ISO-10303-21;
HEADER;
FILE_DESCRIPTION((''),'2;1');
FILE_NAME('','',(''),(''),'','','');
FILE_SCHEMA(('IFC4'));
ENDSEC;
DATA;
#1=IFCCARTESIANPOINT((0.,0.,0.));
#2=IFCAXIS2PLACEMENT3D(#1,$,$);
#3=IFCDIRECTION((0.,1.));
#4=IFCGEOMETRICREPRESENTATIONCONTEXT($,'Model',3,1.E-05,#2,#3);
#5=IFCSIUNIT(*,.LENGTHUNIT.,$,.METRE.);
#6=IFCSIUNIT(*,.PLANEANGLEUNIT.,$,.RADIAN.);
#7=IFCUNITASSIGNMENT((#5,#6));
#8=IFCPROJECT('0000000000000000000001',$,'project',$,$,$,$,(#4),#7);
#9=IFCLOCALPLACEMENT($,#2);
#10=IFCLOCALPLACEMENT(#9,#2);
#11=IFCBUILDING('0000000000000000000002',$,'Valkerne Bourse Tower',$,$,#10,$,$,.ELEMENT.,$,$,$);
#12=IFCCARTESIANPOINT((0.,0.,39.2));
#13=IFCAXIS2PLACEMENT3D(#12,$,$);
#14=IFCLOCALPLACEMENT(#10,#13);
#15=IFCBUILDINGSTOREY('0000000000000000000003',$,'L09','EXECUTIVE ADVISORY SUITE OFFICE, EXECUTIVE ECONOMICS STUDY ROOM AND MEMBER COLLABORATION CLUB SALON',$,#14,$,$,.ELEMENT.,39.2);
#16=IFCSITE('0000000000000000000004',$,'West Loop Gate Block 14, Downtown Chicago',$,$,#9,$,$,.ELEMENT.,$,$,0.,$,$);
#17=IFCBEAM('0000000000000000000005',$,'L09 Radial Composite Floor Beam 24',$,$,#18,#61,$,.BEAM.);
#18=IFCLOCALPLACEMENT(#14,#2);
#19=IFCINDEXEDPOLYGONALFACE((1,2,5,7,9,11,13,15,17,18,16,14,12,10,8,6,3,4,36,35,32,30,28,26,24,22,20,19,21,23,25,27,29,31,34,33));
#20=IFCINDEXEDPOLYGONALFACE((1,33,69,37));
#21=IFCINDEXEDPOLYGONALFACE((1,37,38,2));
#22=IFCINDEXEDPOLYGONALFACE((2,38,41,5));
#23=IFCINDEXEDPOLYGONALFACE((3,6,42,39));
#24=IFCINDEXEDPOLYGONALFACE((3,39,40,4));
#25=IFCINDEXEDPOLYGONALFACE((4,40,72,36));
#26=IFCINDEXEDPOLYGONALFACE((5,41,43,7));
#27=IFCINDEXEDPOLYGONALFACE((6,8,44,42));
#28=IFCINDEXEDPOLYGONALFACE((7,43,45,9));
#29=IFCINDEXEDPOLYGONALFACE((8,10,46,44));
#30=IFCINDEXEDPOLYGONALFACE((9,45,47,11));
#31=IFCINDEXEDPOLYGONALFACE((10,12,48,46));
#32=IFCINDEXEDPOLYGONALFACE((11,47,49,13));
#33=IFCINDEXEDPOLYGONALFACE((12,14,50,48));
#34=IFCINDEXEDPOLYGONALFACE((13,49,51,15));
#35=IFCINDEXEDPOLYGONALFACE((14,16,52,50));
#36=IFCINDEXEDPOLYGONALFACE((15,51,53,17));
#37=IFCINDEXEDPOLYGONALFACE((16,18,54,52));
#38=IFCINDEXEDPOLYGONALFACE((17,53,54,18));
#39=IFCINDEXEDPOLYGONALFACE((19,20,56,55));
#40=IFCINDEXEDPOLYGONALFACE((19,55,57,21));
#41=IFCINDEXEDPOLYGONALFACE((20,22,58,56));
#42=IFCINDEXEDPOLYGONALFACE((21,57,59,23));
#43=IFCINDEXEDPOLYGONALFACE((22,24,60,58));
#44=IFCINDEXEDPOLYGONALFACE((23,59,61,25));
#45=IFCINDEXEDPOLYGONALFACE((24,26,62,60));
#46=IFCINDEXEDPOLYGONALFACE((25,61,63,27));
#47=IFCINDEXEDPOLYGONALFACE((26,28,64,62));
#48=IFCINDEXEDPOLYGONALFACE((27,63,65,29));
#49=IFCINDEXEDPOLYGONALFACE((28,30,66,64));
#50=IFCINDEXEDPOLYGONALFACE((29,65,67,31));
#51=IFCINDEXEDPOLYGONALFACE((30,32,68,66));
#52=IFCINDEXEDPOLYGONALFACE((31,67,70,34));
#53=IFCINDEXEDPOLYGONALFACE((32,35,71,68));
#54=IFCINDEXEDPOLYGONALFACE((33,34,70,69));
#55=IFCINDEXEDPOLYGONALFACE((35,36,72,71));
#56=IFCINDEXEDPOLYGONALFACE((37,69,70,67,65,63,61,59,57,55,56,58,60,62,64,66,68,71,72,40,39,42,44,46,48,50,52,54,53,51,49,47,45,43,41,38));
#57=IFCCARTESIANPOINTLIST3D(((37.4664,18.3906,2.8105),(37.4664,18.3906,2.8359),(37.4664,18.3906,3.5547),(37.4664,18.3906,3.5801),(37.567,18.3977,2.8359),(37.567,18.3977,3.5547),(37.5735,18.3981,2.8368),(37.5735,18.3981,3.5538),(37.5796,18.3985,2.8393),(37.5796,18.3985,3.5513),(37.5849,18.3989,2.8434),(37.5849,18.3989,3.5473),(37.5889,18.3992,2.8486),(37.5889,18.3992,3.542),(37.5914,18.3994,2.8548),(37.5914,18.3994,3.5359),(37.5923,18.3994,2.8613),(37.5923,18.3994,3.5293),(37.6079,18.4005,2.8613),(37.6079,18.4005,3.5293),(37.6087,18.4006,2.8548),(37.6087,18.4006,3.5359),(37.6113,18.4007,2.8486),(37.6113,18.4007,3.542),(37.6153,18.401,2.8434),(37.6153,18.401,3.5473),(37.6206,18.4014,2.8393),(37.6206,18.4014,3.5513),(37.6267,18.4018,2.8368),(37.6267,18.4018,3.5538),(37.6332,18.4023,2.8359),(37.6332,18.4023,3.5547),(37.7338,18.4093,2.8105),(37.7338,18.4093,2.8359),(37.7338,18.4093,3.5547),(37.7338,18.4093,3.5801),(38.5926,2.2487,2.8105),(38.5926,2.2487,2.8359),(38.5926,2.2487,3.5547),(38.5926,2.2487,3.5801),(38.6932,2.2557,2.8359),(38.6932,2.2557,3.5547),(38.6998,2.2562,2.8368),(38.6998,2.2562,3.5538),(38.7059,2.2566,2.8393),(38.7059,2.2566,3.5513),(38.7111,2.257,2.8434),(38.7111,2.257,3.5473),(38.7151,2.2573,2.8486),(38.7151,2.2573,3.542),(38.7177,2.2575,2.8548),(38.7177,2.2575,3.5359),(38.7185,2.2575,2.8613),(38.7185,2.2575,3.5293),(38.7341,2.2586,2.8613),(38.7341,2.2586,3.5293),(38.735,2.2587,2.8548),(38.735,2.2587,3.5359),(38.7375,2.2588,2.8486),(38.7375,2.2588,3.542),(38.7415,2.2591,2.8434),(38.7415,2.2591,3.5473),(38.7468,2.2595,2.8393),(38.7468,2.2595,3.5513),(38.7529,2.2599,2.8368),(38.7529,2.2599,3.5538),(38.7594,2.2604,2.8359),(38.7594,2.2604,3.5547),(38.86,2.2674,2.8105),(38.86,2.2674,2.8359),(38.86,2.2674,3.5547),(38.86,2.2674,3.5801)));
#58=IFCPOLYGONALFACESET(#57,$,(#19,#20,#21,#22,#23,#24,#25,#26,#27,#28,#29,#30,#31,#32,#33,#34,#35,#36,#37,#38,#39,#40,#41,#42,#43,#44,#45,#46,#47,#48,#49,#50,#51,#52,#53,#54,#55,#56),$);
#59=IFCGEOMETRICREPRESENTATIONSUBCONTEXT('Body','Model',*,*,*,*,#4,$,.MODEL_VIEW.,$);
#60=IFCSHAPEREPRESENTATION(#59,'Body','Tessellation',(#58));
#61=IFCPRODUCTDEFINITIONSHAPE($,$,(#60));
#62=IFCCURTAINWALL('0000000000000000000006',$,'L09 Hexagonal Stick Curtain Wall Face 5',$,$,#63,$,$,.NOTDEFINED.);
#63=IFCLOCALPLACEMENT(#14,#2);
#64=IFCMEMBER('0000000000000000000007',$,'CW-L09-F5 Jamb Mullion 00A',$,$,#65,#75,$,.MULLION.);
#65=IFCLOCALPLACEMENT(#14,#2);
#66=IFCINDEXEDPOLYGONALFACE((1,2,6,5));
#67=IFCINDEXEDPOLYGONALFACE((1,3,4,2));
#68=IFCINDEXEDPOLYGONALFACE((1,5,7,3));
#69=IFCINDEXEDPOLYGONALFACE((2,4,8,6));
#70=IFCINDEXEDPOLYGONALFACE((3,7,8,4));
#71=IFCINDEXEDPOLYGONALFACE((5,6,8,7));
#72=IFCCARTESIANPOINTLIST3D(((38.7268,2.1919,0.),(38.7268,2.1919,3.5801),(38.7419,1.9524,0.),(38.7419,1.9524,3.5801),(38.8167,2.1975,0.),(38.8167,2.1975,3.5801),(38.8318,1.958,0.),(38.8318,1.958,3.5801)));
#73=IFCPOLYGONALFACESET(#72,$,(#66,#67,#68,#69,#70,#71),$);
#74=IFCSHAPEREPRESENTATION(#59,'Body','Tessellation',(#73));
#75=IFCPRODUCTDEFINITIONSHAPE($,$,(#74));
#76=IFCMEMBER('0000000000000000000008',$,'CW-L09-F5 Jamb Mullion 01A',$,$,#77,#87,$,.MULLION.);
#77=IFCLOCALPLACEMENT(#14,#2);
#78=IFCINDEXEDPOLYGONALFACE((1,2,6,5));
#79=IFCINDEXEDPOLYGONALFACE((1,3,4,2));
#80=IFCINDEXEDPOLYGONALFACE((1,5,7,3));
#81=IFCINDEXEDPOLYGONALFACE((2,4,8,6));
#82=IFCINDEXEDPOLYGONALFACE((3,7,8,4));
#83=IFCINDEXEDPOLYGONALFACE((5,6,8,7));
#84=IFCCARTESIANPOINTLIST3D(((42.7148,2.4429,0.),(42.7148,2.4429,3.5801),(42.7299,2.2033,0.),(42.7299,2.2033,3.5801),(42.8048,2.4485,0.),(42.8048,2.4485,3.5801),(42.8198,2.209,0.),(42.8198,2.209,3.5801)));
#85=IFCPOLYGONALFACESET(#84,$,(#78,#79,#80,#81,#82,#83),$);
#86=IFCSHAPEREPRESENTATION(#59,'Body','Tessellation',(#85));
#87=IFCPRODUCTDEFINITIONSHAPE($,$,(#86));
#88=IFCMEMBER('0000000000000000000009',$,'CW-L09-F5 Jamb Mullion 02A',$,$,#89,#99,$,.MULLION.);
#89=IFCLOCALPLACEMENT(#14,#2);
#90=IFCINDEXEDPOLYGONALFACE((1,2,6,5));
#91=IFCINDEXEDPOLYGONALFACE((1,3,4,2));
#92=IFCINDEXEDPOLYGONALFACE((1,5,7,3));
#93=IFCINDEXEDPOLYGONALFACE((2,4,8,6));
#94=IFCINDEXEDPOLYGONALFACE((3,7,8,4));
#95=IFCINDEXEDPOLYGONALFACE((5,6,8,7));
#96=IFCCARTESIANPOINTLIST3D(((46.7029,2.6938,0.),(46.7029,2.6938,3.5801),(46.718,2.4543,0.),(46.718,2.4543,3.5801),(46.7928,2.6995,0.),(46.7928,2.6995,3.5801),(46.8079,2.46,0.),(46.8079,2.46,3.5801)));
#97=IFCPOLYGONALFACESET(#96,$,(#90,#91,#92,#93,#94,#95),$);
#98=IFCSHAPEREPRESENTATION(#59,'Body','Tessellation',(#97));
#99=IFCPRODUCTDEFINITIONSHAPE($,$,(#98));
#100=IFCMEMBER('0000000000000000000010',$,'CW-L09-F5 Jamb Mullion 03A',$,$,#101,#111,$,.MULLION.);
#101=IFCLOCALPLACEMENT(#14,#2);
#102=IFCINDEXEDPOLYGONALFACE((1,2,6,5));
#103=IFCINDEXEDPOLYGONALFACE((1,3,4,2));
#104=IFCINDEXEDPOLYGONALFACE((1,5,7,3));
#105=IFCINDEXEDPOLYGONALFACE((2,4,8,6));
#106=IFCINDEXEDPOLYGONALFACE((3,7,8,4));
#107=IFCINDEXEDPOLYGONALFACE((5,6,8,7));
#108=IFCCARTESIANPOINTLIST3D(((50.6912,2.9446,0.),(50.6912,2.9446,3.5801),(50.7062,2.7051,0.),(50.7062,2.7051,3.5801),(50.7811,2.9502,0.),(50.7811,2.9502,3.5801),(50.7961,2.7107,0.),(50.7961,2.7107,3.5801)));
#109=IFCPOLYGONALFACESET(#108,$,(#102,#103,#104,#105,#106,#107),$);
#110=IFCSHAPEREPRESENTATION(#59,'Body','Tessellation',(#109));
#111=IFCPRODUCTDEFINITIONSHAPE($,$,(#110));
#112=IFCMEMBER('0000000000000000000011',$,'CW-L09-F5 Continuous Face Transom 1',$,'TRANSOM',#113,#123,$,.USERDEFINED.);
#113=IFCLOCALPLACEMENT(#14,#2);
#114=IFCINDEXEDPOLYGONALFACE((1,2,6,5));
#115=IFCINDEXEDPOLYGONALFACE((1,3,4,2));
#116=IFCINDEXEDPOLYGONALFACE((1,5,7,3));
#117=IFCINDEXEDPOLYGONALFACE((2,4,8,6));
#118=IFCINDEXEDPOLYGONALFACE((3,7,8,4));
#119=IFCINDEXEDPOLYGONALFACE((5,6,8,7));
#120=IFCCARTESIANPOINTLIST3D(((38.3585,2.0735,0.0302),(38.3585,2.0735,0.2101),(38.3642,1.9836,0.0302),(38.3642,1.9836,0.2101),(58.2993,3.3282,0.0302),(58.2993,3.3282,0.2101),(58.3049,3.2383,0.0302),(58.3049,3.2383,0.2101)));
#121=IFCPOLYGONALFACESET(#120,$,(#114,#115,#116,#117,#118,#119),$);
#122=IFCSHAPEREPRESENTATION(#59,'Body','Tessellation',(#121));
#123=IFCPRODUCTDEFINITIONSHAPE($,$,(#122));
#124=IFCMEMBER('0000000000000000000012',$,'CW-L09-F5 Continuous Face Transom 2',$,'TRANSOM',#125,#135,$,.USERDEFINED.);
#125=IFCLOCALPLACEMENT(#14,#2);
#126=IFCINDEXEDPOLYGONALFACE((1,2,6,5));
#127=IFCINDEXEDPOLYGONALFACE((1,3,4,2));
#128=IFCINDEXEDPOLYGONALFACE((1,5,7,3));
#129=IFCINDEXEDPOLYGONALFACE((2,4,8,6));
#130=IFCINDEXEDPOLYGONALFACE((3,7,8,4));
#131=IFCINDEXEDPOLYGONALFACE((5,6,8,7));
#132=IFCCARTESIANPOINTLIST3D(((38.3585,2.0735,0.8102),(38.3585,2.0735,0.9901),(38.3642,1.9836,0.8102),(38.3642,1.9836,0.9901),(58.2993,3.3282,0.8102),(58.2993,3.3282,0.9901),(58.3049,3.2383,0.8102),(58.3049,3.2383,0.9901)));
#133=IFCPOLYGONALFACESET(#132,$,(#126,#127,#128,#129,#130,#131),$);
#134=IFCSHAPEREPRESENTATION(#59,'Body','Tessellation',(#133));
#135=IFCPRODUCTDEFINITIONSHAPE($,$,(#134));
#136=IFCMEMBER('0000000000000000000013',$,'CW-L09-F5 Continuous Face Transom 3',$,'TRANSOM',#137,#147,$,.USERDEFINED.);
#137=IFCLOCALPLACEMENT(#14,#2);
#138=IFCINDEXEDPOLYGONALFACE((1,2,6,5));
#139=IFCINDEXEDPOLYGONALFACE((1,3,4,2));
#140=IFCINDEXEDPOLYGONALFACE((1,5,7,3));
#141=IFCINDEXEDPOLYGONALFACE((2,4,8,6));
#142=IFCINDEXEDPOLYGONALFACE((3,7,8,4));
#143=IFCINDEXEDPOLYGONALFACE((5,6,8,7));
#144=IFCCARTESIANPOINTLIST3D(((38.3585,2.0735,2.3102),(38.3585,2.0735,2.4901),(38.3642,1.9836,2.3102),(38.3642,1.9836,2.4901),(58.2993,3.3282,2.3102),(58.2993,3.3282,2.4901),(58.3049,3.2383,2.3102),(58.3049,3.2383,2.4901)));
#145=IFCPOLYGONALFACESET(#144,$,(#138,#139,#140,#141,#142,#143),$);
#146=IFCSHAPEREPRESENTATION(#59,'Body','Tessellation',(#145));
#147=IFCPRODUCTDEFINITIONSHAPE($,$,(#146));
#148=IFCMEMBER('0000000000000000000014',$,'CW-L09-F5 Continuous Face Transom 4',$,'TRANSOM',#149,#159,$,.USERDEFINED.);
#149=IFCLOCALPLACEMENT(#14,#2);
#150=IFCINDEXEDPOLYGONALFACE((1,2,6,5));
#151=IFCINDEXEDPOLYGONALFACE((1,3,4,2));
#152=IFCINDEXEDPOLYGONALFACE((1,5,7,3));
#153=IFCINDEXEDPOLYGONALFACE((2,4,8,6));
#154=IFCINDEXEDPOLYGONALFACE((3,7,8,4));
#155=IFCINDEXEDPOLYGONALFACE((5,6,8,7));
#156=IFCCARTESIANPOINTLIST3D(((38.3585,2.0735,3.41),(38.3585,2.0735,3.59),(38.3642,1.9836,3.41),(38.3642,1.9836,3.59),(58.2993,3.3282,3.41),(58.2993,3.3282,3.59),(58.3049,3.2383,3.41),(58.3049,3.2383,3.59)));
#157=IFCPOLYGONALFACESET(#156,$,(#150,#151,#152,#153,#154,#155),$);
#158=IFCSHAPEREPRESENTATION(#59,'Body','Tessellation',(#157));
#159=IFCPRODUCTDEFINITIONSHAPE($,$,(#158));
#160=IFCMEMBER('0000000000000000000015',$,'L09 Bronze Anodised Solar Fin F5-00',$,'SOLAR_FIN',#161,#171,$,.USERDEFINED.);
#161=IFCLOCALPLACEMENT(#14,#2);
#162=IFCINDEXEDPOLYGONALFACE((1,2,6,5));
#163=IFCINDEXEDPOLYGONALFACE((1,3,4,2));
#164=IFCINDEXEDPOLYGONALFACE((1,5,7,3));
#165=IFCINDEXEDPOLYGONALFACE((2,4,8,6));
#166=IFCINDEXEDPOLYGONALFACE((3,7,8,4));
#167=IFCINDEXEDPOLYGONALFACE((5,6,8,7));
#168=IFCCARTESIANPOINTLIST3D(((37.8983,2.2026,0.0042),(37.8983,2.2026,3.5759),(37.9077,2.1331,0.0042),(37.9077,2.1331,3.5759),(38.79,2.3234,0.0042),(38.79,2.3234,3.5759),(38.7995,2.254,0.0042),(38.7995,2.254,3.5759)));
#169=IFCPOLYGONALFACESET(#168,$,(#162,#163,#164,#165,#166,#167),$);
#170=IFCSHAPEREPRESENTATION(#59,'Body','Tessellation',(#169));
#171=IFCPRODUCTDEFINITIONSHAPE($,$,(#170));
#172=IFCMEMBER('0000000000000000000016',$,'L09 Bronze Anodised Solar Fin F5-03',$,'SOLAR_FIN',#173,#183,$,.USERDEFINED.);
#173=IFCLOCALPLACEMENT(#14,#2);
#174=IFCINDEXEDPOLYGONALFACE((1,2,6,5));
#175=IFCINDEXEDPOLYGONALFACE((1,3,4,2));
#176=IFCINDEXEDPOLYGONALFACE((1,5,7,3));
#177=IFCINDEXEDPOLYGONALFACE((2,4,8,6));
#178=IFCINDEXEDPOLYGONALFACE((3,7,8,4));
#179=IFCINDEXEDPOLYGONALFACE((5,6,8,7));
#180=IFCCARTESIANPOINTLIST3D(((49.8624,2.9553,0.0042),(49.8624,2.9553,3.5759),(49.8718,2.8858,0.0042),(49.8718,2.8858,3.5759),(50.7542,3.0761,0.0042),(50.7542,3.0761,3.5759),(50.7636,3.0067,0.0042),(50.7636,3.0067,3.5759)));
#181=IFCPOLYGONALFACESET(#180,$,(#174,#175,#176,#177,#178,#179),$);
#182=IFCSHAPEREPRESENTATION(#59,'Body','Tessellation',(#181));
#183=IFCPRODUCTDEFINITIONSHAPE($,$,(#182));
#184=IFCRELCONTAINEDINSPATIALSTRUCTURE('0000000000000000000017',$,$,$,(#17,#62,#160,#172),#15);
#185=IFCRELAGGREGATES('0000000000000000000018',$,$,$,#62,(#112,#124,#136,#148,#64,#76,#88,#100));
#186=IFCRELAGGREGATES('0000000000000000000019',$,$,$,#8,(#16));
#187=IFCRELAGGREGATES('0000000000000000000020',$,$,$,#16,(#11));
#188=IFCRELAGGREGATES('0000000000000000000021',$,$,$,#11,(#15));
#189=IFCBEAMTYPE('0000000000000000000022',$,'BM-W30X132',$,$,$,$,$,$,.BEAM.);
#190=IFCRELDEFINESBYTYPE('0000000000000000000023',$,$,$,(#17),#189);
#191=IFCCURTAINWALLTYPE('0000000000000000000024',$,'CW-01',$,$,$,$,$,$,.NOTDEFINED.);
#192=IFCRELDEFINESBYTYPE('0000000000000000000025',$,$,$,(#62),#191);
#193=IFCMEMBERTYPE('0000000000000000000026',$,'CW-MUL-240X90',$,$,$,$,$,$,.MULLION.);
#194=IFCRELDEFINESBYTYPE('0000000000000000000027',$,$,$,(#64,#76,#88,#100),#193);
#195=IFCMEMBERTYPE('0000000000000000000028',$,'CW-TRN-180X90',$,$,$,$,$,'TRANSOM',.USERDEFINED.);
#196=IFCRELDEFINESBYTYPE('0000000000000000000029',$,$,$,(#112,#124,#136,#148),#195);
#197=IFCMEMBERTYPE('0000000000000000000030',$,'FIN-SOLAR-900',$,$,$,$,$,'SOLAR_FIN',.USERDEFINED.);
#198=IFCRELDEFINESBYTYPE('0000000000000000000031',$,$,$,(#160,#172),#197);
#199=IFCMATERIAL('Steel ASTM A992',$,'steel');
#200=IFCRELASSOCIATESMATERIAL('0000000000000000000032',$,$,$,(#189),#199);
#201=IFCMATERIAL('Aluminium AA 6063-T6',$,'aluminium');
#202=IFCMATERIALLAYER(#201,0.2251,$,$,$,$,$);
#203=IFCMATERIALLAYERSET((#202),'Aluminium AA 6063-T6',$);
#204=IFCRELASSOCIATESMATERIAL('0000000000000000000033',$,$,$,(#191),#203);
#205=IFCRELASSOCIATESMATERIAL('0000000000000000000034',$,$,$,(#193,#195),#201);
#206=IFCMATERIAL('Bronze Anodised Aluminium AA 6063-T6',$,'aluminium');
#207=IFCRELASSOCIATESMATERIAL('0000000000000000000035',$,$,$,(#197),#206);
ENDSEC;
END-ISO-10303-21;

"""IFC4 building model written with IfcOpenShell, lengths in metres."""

from ifc_helpers import new_model, si_unit, direction, frame, origin, origin_2d, place, context, subcontext, project, spatial, rectangle, i_section, extrude, material, layer, layer_set, material_profile, profile_set, type_object, element, aggregate, save


model = new_model("IFC4")

# Units and contexts
model_context = context("Model", 3, precision=1e-05, world=origin(), true_north=direction((0.0, 1.0)))
body_context = subcontext(model_context, "Body", "Model", "MODEL_VIEW")
ifc_project = project(units=[si_unit("LENGTHUNIT", "METRE"), si_unit("PLANEANGLEUNIT", "RADIAN")], contexts=[model_context])

# Site, building, storey
site_placement = place(None, origin())
site = spatial("IfcSite", under=ifc_project, at=site_placement, Name="West Loop Gate Block 14, Downtown Chicago", CompositionType="ELEMENT", RefElevation=0.0)
building_placement = place(site_placement, origin())
building = spatial("IfcBuilding", under=site, at=building_placement, Name="Valkerne Bourse Tower", CompositionType="ELEMENT")
storey_placement = place(building_placement, frame((0.0, 0.0, 39.2)))
storey = spatial("IfcBuildingStorey", under=building, at=storey_placement, Name="L09", Description="EXECUTIVE ADVISORY SUITE OFFICE, EXECUTIVE ECONOMICS STUDY ROOM AND MEMBER COLLABORATION CLUB SALON", CompositionType="ELEMENT", Elevation=39.2)

# Beam
ifc_material_1 = material(Name="Steel ASTM A992", Category="steel")
ifc_material_profile_1 = material_profile(ifc_material_1, i_section(OverallWidth=0.2681, OverallDepth=0.7695, WebThickness=0.0156, FlangeThickness=0.0254, FilletRadius=0.0254, at=origin_2d()), Name="W30X132")
ifc_profile_set_1 = profile_set([ifc_material_profile_1], Name="Steel ASTM A992")
beam_type_1 = type_object("IfcBeamType", Name="BM-W30X132", PredefinedType="BEAM", material=ifc_profile_set_1)
beam_1_placement = place(storey_placement, frame((38.7263, 2.2581, 3.1953), z_axis=(-0.069601, 0.997575, 0.0), x_axis=(-0.997575, -0.069601, 0.0)))
element("IfcBeam", 1, at=beam_1_placement, inside=storey, type_object=beam_type_1, Name="L09 Radial Composite Floor Beam 24", PredefinedType="BEAM", context=body_context, shape_type="SweptSolid", body=[
    extrude(i_section(OverallWidth=0.2681, OverallDepth=0.7695, WebThickness=0.0156, FlangeThickness=0.0254, FilletRadius=0.0254, at=origin_2d()), origin(), (0.0, 0.0, 1.0), 16.1812),
])

# Curtain wall, members
ifc_material_2 = material(Name="Aluminium AA 6063-T6", Category="aluminium")
ifc_layer_1 = layer(ifc_material_2, 0.2251)
ifc_layer_set_1 = layer_set([ifc_layer_1], Name="Aluminium AA 6063-T6")
curtain_wall_type = type_object("IfcCurtainWallType", Name="CW-01", PredefinedType="NOTDEFINED", material=ifc_layer_set_1)
curtain_wall_placement = place(storey_placement, origin())
curtain_wall = element("IfcCurtainWall", 2, at=curtain_wall_placement, inside=storey, type_object=curtain_wall_type, Name="L09 Hexagonal Stick Curtain Wall Face 5", PredefinedType="NOTDEFINED")
ifc_material_profile_2 = material_profile(ifc_material_2, rectangle(XDim=0.0901, YDim=0.24, at=origin_2d()), Name="CWM-90X240")
ifc_profile_set_2 = profile_set([ifc_material_profile_2], Name="Aluminium AA 6063-T6")
member_type_1 = type_object("IfcMemberType", Name="CW-MUL-240X90", PredefinedType="MULLION", material=ifc_profile_set_2)
member_1_placement = place(storey_placement, frame((38.7793, 2.075, 0.0), z_axis=(0.0, 0.0, 1.0), x_axis=(0.998025, 0.062813, 0.0)))
member_1 = element("IfcMember", 3, at=member_1_placement, type_object=member_type_1, Name="CW-L09-F5 Jamb Mullion 00A", PredefinedType="MULLION", context=body_context, shape_type="SweptSolid", body=[
    extrude(rectangle(XDim=0.0901, YDim=0.24, at=origin_2d()), origin(), (0.0, 0.0, 1.0), 3.5801),
])
member_2_placement = place(storey_placement, frame((42.7673, 2.3259, 0.0), z_axis=(0.0, 0.0, 1.0), x_axis=(0.998027, 0.062788, 0.0)))
member_2 = element("IfcMember", 4, at=member_2_placement, type_object=member_type_1, Name="CW-L09-F5 Jamb Mullion 01A", PredefinedType="MULLION", context=body_context, shape_type="SweptSolid", body=[
    extrude(rectangle(XDim=0.0901, YDim=0.24, at=origin_2d()), origin(), (0.0, 0.0, 1.0), 3.5801),
])
member_3_placement = place(storey_placement, frame((46.7554, 2.5769, 0.0), z_axis=(0.0, 0.0, 1.0), x_axis=(0.998027, 0.062786, 0.0)))
member_3 = element("IfcMember", 5, at=member_3_placement, type_object=member_type_1, Name="CW-L09-F5 Jamb Mullion 02A", PredefinedType="MULLION", context=body_context, shape_type="SweptSolid", body=[
    extrude(rectangle(XDim=0.0901, YDim=0.24, at=origin_2d()), origin(), (0.0, 0.0, 1.0), 3.5801),
])
member_4_placement = place(storey_placement, frame((50.7437, 2.8276, 0.0), z_axis=(0.0, 0.0, 1.0), x_axis=(0.998027, 0.062788, 0.0)))
member_4 = element("IfcMember", 6, at=member_4_placement, type_object=member_type_1, Name="CW-L09-F5 Jamb Mullion 03A", PredefinedType="MULLION", context=body_context, shape_type="SweptSolid", body=[
    extrude(rectangle(XDim=0.0901, YDim=0.24, at=origin_2d()), origin(), (0.0, 0.0, 1.0), 3.5801),
])
ifc_material_profile_3 = material_profile(ifc_material_2, rectangle(XDim=0.0901, YDim=0.1799, at=origin_2d()), Name="CWT-90X180")
ifc_profile_set_3 = profile_set([ifc_material_profile_3], Name="Aluminium AA 6063-T6")
member_type_2 = type_object("IfcMemberType", Name="CW-TRN-180X90", ElementType="TRANSOM", PredefinedType="USERDEFINED", material=ifc_profile_set_3)
member_5_placement = place(storey_placement, frame((38.3613, 2.0286, 0.1201), z_axis=(0.998026, 0.062794, 0.0), x_axis=(-0.062794, 0.998026, 0.0)))
member_5 = element("IfcMember", 7, at=member_5_placement, type_object=member_type_2, Name="CW-L09-F5 Continuous Face Transom 1", ObjectType="TRANSOM", PredefinedType="USERDEFINED", context=body_context, shape_type="SweptSolid", body=[
    extrude(rectangle(XDim=0.0901, YDim=0.1799, at=origin_2d()), origin(), (0.0, 0.0, 1.0), 19.9802),
])
member_6_placement = place(storey_placement, frame((38.3613, 2.0286, 0.9001), z_axis=(0.998026, 0.062794, 0.0), x_axis=(-0.062794, 0.998026, 0.0)))
member_6 = element("IfcMember", 8, at=member_6_placement, type_object=member_type_2, Name="CW-L09-F5 Continuous Face Transom 2", ObjectType="TRANSOM", PredefinedType="USERDEFINED", context=body_context, shape_type="SweptSolid", body=[
    extrude(rectangle(XDim=0.0901, YDim=0.1799, at=origin_2d()), origin(), (0.0, 0.0, 1.0), 19.9802),
])
member_7_placement = place(storey_placement, frame((38.3613, 2.0286, 2.4001), z_axis=(0.998026, 0.062794, 0.0), x_axis=(-0.062794, 0.998026, 0.0)))
member_7 = element("IfcMember", 9, at=member_7_placement, type_object=member_type_2, Name="CW-L09-F5 Continuous Face Transom 3", ObjectType="TRANSOM", PredefinedType="USERDEFINED", context=body_context, shape_type="SweptSolid", body=[
    extrude(rectangle(XDim=0.0901, YDim=0.1799, at=origin_2d()), origin(), (0.0, 0.0, 1.0), 19.9802),
])
member_8_placement = place(storey_placement, frame((38.3613, 2.0286, 3.5), z_axis=(0.998026, 0.062794, 0.0), x_axis=(-0.062794, 0.998026, 0.0)))
member_8 = element("IfcMember", 10, at=member_8_placement, type_object=member_type_2, Name="CW-L09-F5 Continuous Face Transom 4", ObjectType="TRANSOM", PredefinedType="USERDEFINED", context=body_context, shape_type="SweptSolid", body=[
    extrude(rectangle(XDim=0.0901, YDim=0.1799, at=origin_2d()), origin(), (0.0, 0.0, 1.0), 19.9802),
])

# Members
ifc_material_3 = material(Name="Bronze Anodised Aluminium AA 6063-T6", Category="aluminium")
ifc_material_profile_4 = material_profile(ifc_material_3, rectangle(XDim=0.0701, YDim=0.8999, at=origin_2d()), Name="FIN-70X900")
ifc_profile_set_4 = profile_set([ifc_material_profile_4], Name="Bronze Anodised Aluminium AA 6063-T6")
member_type_3 = type_object("IfcMemberType", Name="FIN-SOLAR-900", ElementType="SOLAR_FIN", PredefinedType="USERDEFINED", material=ifc_profile_set_4)
for number, where, z_axis, x_axis, name in (
    (11, (38.3489, 2.2283, 0.0042), (0.0, 0.0, 1.0), (0.1343, -0.990941, 0.0), "L09 Bronze Anodised Solar Fin F5-00"),
    (12, (50.313, 2.981, 0.0042), (0.0, 0.0, 1.0), (0.13427, -0.990945, 0.0), "L09 Bronze Anodised Solar Fin F5-03"),
):
    element("IfcMember", number, at=place(storey_placement, frame(where, z_axis=z_axis, x_axis=x_axis)), inside=storey, type_object=member_type_3, Name=name, ObjectType="SOLAR_FIN", PredefinedType="USERDEFINED", context=body_context, shape_type="SweptSolid", body=[
        extrude(rectangle(XDim=0.0701, YDim=0.8999, at=origin_2d()), origin(), (0.0, 0.0, 1.0), 3.5718),
    ])

aggregate(curtain_wall, [member_5, member_6, member_7, member_8, member_1, member_2, member_3, member_4])

save(model, "model.ifc")
